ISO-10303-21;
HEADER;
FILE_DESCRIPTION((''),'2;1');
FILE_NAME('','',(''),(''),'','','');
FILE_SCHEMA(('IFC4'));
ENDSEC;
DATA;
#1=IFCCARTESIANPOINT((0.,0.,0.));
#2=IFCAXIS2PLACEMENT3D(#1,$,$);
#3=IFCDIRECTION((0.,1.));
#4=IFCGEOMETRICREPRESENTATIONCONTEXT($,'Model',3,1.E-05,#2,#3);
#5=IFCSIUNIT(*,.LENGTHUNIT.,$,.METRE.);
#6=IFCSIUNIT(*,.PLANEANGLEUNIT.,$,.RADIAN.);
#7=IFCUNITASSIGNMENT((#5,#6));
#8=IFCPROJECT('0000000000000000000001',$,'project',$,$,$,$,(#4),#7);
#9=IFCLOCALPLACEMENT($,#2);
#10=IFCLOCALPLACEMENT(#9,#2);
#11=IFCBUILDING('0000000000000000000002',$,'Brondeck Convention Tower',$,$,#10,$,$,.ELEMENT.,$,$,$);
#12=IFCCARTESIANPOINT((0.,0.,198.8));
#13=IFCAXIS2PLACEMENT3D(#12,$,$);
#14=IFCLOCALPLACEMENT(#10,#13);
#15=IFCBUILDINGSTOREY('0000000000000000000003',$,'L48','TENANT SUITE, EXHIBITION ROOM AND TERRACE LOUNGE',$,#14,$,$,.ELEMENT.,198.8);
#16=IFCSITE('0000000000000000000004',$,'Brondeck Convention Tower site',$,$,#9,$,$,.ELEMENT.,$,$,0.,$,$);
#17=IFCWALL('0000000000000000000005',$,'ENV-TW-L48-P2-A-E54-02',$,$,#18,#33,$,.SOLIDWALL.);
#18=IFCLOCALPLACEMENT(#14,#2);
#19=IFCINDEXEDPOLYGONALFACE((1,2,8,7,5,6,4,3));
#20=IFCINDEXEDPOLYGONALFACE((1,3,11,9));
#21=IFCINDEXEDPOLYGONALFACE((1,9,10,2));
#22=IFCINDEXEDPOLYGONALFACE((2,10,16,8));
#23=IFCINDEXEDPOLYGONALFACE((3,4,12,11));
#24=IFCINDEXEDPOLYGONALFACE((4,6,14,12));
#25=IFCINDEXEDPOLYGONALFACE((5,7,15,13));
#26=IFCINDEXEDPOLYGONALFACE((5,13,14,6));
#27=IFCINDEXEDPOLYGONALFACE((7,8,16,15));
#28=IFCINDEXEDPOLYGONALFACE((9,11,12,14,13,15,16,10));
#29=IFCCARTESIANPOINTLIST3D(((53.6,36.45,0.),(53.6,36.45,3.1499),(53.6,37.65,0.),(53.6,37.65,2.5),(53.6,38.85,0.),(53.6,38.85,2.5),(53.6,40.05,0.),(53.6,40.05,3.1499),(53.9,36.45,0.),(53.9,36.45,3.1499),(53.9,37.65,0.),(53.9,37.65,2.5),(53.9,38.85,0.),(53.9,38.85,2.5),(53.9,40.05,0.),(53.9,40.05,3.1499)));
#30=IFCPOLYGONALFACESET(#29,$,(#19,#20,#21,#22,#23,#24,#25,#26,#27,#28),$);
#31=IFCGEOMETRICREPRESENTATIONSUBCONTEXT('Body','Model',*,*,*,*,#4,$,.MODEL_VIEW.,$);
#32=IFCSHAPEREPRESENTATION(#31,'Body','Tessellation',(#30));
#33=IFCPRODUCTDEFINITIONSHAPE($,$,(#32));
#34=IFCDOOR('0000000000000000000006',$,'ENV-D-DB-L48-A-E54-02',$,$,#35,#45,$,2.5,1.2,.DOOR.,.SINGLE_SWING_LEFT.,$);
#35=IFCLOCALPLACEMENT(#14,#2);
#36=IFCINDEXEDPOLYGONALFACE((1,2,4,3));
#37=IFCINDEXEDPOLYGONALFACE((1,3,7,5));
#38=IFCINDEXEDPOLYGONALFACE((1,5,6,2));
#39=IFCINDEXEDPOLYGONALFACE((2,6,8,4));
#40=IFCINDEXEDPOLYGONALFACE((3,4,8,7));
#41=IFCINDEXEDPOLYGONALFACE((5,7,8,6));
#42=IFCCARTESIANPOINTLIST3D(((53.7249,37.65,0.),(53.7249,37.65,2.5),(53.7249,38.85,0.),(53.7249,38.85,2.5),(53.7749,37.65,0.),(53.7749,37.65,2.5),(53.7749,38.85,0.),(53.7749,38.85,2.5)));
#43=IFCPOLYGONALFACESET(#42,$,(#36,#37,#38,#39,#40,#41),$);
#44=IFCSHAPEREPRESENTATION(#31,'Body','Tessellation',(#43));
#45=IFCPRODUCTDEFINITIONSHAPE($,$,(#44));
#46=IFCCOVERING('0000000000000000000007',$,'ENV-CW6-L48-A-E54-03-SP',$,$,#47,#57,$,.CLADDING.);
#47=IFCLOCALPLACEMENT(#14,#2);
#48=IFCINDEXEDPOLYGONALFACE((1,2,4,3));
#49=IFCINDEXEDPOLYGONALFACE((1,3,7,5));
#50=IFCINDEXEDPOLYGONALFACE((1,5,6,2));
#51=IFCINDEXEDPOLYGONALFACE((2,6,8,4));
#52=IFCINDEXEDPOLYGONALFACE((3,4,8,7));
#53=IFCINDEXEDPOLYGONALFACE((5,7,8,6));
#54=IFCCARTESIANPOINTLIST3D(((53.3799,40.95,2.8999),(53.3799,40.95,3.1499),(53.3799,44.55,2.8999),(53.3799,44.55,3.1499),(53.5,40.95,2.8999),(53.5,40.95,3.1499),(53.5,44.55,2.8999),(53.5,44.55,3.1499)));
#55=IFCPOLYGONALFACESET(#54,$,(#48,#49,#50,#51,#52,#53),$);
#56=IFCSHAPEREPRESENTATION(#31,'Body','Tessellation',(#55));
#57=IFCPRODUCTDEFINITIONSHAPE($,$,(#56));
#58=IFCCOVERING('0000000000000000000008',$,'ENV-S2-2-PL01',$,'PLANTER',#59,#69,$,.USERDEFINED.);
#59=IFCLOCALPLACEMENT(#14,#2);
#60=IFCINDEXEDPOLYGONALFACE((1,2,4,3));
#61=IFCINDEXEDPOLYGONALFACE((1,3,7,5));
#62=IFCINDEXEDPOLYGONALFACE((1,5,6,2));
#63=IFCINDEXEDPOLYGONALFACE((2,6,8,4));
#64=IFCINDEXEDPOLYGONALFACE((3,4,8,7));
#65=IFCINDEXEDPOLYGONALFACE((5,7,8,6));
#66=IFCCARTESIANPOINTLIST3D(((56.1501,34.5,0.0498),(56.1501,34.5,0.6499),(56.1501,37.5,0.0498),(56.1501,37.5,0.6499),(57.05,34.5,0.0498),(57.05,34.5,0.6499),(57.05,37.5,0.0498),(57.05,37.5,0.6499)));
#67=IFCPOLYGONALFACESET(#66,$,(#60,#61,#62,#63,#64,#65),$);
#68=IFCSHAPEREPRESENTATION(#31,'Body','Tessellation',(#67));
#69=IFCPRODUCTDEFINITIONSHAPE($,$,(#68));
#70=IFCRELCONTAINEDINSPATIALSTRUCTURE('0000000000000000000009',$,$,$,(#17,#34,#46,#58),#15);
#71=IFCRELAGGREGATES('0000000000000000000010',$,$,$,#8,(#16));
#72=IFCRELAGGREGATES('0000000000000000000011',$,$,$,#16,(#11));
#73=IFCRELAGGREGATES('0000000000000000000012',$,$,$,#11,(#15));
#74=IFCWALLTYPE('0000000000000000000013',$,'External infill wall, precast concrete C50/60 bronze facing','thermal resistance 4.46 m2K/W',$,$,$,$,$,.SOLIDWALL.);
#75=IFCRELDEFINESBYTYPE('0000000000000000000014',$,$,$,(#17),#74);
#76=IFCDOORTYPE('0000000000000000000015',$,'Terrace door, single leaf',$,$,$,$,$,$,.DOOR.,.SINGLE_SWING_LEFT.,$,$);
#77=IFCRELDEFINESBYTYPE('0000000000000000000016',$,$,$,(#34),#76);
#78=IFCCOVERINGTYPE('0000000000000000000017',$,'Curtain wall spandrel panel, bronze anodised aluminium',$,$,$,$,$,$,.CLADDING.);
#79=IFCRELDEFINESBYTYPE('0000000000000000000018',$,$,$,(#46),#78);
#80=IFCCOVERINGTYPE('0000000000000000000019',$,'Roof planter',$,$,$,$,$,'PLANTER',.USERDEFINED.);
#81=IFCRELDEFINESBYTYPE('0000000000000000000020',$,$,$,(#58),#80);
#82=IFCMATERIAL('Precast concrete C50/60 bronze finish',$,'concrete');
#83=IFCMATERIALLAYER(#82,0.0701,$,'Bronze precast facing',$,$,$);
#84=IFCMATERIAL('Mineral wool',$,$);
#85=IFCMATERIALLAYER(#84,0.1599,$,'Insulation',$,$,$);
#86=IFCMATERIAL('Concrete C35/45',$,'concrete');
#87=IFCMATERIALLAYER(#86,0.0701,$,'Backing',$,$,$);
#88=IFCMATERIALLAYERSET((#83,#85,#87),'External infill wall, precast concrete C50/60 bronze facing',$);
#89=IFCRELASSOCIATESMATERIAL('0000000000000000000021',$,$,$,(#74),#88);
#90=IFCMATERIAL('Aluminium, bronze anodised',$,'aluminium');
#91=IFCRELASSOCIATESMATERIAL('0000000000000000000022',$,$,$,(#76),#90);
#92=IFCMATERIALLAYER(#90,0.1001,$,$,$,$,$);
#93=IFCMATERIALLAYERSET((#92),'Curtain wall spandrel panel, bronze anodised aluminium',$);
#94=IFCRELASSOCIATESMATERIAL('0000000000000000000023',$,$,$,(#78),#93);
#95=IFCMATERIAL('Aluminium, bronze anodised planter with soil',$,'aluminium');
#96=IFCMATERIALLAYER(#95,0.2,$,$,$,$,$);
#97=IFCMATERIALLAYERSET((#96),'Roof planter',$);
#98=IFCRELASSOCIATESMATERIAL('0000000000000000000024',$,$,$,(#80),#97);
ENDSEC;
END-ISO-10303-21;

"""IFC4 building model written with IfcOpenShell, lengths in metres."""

from ifc_helpers import new_model, si_unit, direction, frame, frame_2d, origin, origin_2d, place, context, subcontext, project, spatial, rectangle, extrude, material, layer, layer_set, type_object, element, fill, save


model = new_model("IFC4")

# Units and contexts
model_context = context("Model", 3, precision=1e-05, world=origin(), true_north=direction((0.0, 1.0)))
body_context = subcontext(model_context, "Body", "Model", "MODEL_VIEW")
ifc_project = project(units=[si_unit("LENGTHUNIT", "METRE"), si_unit("PLANEANGLEUNIT", "RADIAN")], contexts=[model_context])

# Site, building, storey
site_placement = place(None, origin())
site = spatial("IfcSite", under=ifc_project, at=site_placement, Name="Brondeck Convention Tower site", CompositionType="ELEMENT", RefElevation=0.0)
building_placement = place(site_placement, origin())
building = spatial("IfcBuilding", under=site, at=building_placement, Name="Brondeck Convention Tower", CompositionType="ELEMENT")
storey_placement = place(building_placement, frame((0.0, 0.0, 198.8)))
storey = spatial("IfcBuildingStorey", under=building, at=storey_placement, Name="L48", Description="TENANT SUITE, EXHIBITION ROOM AND TERRACE LOUNGE", CompositionType="ELEMENT", Elevation=198.8)

# Shared definitions
ifc_material_1 = material(Name="Aluminium, bronze anodised", Category="aluminium")

# Shared definitions
ifc_material_2 = material(Name="Precast concrete C50/60 bronze finish", Category="concrete")
ifc_layer_1 = layer(ifc_material_2, 0.0701, Name="Bronze precast facing")
ifc_material_3 = material(Name="Mineral wool")
ifc_layer_2 = layer(ifc_material_3, 0.1599, Name="Insulation")
ifc_material_4 = material(Name="Concrete C35/45", Category="concrete")
ifc_layer_3 = layer(ifc_material_4, 0.0701, Name="Backing")
ifc_layer_set_1 = layer_set([ifc_layer_1, ifc_layer_2, ifc_layer_3], Name="External infill wall, precast concrete C50/60 bronze facing")
wall_type = type_object("IfcWallType", Name="External infill wall, precast concrete C50/60 bronze facing", Description="thermal resistance 4.46 m2K/W", PredefinedType="SOLIDWALL", material=ifc_layer_set_1)

# Wall, opening, door
wall_1_placement = place(storey_placement, frame((53.75, 40.05, 0.0), z_axis=(0.0, 0.0, 1.0), x_axis=(0.0, -1.0, 0.0)))
wall_1 = element("IfcWall", 1, at=wall_1_placement, inside=storey, type_object=wall_type, Name="ENV-TW-L48-P2-A-E54-02", PredefinedType="SOLIDWALL", context=body_context, shape_type="SweptSolid", body=[
    extrude(rectangle(XDim=3.6001, YDim=0.3, at=frame_2d((1.8, 0.0))), origin(), (0.0, 0.0, 1.0), 3.1499),
])
opening_placement = place(wall_1_placement, frame((1.2, 0.0, 0.0)))
opening = element("IfcOpeningElement", 2, at=opening_placement, cuts=wall_1, PredefinedType="OPENING", context=body_context, shape_type="SweptSolid", body=[
    extrude(rectangle(XDim=1.2, YDim=2.5, at=frame_2d((0.6001, 1.25))), frame((0.0, 0.1599, 0.0), z_axis=(0.0, -1.0, 0.0), x_axis=(1.0, 0.0, 0.0)), (0.0, 0.0, 1.0), 0.3201),
])
door_type = type_object("IfcDoorType", Name="Terrace door, single leaf", OperationType="SINGLE_SWING_LEFT", PredefinedType="DOOR", material=ifc_material_1)
door_placement = place(opening_placement, origin())
door = element("IfcDoor", 3, at=door_placement, inside=storey, type_object=door_type, Name="ENV-D-DB-L48-A-E54-02", OperationType="SINGLE_SWING_LEFT", OverallHeight=2.5, OverallWidth=1.2, PredefinedType="DOOR", context=body_context, shape_type="SweptSolid", body=[
    extrude(rectangle(XDim=1.2, YDim=2.5, at=frame_2d((0.6001, 1.25))), frame((0.0, 0.0249, 0.0), z_axis=(0.0, -1.0, 0.0), x_axis=(1.0, 0.0, 0.0)), (0.0, 0.0, 1.0), 0.05),
])
fill(opening, door)

# Coverings
ifc_layer_4 = layer(ifc_material_1, 0.1001)
ifc_layer_set_2 = layer_set([ifc_layer_4], Name="Curtain wall spandrel panel, bronze anodised aluminium")
covering_type_1 = type_object("IfcCoveringType", Name="Curtain wall spandrel panel, bronze anodised aluminium", PredefinedType="CLADDING", material=ifc_layer_set_2)
covering_1_placement = place(storey_placement, frame((53.4399, 42.75, 2.8999), z_axis=(0.0, 0.0, 1.0), x_axis=(0.0, -1.0, 0.0)))
element("IfcCovering", 4, at=covering_1_placement, inside=storey, type_object=covering_type_1, Name="ENV-CW6-L48-A-E54-03-SP", PredefinedType="CLADDING", context=body_context, shape_type="SweptSolid", body=[
    extrude(rectangle(XDim=3.6001, YDim=0.1201, at=origin_2d()), origin(), (0.0, 0.0, 1.0), 0.25),
])
ifc_material_5 = material(Name="Aluminium, bronze anodised planter with soil", Category="aluminium")
ifc_layer_5 = layer(ifc_material_5, 0.2)
ifc_layer_set_3 = layer_set([ifc_layer_5], Name="Roof planter")
covering_type_2 = type_object("IfcCoveringType", Name="Roof planter", ElementType="PLANTER", PredefinedType="USERDEFINED", material=ifc_layer_set_3)
covering_2_placement = place(storey_placement, frame((56.6001, 36.0, 0.0498), z_axis=(0.0, 0.0, 1.0), x_axis=(0.0, 1.0, 0.0)))
element("IfcCovering", 5, at=covering_2_placement, inside=storey, type_object=covering_type_2, Name="ENV-S2-2-PL01", ObjectType="PLANTER", PredefinedType="USERDEFINED", context=body_context, shape_type="SweptSolid", body=[
    extrude(rectangle(XDim=3.0, YDim=0.8999, at=origin_2d()), origin(), (0.0, 0.0, 1.0), 0.6001),
])

save(model, "model.ifc")
